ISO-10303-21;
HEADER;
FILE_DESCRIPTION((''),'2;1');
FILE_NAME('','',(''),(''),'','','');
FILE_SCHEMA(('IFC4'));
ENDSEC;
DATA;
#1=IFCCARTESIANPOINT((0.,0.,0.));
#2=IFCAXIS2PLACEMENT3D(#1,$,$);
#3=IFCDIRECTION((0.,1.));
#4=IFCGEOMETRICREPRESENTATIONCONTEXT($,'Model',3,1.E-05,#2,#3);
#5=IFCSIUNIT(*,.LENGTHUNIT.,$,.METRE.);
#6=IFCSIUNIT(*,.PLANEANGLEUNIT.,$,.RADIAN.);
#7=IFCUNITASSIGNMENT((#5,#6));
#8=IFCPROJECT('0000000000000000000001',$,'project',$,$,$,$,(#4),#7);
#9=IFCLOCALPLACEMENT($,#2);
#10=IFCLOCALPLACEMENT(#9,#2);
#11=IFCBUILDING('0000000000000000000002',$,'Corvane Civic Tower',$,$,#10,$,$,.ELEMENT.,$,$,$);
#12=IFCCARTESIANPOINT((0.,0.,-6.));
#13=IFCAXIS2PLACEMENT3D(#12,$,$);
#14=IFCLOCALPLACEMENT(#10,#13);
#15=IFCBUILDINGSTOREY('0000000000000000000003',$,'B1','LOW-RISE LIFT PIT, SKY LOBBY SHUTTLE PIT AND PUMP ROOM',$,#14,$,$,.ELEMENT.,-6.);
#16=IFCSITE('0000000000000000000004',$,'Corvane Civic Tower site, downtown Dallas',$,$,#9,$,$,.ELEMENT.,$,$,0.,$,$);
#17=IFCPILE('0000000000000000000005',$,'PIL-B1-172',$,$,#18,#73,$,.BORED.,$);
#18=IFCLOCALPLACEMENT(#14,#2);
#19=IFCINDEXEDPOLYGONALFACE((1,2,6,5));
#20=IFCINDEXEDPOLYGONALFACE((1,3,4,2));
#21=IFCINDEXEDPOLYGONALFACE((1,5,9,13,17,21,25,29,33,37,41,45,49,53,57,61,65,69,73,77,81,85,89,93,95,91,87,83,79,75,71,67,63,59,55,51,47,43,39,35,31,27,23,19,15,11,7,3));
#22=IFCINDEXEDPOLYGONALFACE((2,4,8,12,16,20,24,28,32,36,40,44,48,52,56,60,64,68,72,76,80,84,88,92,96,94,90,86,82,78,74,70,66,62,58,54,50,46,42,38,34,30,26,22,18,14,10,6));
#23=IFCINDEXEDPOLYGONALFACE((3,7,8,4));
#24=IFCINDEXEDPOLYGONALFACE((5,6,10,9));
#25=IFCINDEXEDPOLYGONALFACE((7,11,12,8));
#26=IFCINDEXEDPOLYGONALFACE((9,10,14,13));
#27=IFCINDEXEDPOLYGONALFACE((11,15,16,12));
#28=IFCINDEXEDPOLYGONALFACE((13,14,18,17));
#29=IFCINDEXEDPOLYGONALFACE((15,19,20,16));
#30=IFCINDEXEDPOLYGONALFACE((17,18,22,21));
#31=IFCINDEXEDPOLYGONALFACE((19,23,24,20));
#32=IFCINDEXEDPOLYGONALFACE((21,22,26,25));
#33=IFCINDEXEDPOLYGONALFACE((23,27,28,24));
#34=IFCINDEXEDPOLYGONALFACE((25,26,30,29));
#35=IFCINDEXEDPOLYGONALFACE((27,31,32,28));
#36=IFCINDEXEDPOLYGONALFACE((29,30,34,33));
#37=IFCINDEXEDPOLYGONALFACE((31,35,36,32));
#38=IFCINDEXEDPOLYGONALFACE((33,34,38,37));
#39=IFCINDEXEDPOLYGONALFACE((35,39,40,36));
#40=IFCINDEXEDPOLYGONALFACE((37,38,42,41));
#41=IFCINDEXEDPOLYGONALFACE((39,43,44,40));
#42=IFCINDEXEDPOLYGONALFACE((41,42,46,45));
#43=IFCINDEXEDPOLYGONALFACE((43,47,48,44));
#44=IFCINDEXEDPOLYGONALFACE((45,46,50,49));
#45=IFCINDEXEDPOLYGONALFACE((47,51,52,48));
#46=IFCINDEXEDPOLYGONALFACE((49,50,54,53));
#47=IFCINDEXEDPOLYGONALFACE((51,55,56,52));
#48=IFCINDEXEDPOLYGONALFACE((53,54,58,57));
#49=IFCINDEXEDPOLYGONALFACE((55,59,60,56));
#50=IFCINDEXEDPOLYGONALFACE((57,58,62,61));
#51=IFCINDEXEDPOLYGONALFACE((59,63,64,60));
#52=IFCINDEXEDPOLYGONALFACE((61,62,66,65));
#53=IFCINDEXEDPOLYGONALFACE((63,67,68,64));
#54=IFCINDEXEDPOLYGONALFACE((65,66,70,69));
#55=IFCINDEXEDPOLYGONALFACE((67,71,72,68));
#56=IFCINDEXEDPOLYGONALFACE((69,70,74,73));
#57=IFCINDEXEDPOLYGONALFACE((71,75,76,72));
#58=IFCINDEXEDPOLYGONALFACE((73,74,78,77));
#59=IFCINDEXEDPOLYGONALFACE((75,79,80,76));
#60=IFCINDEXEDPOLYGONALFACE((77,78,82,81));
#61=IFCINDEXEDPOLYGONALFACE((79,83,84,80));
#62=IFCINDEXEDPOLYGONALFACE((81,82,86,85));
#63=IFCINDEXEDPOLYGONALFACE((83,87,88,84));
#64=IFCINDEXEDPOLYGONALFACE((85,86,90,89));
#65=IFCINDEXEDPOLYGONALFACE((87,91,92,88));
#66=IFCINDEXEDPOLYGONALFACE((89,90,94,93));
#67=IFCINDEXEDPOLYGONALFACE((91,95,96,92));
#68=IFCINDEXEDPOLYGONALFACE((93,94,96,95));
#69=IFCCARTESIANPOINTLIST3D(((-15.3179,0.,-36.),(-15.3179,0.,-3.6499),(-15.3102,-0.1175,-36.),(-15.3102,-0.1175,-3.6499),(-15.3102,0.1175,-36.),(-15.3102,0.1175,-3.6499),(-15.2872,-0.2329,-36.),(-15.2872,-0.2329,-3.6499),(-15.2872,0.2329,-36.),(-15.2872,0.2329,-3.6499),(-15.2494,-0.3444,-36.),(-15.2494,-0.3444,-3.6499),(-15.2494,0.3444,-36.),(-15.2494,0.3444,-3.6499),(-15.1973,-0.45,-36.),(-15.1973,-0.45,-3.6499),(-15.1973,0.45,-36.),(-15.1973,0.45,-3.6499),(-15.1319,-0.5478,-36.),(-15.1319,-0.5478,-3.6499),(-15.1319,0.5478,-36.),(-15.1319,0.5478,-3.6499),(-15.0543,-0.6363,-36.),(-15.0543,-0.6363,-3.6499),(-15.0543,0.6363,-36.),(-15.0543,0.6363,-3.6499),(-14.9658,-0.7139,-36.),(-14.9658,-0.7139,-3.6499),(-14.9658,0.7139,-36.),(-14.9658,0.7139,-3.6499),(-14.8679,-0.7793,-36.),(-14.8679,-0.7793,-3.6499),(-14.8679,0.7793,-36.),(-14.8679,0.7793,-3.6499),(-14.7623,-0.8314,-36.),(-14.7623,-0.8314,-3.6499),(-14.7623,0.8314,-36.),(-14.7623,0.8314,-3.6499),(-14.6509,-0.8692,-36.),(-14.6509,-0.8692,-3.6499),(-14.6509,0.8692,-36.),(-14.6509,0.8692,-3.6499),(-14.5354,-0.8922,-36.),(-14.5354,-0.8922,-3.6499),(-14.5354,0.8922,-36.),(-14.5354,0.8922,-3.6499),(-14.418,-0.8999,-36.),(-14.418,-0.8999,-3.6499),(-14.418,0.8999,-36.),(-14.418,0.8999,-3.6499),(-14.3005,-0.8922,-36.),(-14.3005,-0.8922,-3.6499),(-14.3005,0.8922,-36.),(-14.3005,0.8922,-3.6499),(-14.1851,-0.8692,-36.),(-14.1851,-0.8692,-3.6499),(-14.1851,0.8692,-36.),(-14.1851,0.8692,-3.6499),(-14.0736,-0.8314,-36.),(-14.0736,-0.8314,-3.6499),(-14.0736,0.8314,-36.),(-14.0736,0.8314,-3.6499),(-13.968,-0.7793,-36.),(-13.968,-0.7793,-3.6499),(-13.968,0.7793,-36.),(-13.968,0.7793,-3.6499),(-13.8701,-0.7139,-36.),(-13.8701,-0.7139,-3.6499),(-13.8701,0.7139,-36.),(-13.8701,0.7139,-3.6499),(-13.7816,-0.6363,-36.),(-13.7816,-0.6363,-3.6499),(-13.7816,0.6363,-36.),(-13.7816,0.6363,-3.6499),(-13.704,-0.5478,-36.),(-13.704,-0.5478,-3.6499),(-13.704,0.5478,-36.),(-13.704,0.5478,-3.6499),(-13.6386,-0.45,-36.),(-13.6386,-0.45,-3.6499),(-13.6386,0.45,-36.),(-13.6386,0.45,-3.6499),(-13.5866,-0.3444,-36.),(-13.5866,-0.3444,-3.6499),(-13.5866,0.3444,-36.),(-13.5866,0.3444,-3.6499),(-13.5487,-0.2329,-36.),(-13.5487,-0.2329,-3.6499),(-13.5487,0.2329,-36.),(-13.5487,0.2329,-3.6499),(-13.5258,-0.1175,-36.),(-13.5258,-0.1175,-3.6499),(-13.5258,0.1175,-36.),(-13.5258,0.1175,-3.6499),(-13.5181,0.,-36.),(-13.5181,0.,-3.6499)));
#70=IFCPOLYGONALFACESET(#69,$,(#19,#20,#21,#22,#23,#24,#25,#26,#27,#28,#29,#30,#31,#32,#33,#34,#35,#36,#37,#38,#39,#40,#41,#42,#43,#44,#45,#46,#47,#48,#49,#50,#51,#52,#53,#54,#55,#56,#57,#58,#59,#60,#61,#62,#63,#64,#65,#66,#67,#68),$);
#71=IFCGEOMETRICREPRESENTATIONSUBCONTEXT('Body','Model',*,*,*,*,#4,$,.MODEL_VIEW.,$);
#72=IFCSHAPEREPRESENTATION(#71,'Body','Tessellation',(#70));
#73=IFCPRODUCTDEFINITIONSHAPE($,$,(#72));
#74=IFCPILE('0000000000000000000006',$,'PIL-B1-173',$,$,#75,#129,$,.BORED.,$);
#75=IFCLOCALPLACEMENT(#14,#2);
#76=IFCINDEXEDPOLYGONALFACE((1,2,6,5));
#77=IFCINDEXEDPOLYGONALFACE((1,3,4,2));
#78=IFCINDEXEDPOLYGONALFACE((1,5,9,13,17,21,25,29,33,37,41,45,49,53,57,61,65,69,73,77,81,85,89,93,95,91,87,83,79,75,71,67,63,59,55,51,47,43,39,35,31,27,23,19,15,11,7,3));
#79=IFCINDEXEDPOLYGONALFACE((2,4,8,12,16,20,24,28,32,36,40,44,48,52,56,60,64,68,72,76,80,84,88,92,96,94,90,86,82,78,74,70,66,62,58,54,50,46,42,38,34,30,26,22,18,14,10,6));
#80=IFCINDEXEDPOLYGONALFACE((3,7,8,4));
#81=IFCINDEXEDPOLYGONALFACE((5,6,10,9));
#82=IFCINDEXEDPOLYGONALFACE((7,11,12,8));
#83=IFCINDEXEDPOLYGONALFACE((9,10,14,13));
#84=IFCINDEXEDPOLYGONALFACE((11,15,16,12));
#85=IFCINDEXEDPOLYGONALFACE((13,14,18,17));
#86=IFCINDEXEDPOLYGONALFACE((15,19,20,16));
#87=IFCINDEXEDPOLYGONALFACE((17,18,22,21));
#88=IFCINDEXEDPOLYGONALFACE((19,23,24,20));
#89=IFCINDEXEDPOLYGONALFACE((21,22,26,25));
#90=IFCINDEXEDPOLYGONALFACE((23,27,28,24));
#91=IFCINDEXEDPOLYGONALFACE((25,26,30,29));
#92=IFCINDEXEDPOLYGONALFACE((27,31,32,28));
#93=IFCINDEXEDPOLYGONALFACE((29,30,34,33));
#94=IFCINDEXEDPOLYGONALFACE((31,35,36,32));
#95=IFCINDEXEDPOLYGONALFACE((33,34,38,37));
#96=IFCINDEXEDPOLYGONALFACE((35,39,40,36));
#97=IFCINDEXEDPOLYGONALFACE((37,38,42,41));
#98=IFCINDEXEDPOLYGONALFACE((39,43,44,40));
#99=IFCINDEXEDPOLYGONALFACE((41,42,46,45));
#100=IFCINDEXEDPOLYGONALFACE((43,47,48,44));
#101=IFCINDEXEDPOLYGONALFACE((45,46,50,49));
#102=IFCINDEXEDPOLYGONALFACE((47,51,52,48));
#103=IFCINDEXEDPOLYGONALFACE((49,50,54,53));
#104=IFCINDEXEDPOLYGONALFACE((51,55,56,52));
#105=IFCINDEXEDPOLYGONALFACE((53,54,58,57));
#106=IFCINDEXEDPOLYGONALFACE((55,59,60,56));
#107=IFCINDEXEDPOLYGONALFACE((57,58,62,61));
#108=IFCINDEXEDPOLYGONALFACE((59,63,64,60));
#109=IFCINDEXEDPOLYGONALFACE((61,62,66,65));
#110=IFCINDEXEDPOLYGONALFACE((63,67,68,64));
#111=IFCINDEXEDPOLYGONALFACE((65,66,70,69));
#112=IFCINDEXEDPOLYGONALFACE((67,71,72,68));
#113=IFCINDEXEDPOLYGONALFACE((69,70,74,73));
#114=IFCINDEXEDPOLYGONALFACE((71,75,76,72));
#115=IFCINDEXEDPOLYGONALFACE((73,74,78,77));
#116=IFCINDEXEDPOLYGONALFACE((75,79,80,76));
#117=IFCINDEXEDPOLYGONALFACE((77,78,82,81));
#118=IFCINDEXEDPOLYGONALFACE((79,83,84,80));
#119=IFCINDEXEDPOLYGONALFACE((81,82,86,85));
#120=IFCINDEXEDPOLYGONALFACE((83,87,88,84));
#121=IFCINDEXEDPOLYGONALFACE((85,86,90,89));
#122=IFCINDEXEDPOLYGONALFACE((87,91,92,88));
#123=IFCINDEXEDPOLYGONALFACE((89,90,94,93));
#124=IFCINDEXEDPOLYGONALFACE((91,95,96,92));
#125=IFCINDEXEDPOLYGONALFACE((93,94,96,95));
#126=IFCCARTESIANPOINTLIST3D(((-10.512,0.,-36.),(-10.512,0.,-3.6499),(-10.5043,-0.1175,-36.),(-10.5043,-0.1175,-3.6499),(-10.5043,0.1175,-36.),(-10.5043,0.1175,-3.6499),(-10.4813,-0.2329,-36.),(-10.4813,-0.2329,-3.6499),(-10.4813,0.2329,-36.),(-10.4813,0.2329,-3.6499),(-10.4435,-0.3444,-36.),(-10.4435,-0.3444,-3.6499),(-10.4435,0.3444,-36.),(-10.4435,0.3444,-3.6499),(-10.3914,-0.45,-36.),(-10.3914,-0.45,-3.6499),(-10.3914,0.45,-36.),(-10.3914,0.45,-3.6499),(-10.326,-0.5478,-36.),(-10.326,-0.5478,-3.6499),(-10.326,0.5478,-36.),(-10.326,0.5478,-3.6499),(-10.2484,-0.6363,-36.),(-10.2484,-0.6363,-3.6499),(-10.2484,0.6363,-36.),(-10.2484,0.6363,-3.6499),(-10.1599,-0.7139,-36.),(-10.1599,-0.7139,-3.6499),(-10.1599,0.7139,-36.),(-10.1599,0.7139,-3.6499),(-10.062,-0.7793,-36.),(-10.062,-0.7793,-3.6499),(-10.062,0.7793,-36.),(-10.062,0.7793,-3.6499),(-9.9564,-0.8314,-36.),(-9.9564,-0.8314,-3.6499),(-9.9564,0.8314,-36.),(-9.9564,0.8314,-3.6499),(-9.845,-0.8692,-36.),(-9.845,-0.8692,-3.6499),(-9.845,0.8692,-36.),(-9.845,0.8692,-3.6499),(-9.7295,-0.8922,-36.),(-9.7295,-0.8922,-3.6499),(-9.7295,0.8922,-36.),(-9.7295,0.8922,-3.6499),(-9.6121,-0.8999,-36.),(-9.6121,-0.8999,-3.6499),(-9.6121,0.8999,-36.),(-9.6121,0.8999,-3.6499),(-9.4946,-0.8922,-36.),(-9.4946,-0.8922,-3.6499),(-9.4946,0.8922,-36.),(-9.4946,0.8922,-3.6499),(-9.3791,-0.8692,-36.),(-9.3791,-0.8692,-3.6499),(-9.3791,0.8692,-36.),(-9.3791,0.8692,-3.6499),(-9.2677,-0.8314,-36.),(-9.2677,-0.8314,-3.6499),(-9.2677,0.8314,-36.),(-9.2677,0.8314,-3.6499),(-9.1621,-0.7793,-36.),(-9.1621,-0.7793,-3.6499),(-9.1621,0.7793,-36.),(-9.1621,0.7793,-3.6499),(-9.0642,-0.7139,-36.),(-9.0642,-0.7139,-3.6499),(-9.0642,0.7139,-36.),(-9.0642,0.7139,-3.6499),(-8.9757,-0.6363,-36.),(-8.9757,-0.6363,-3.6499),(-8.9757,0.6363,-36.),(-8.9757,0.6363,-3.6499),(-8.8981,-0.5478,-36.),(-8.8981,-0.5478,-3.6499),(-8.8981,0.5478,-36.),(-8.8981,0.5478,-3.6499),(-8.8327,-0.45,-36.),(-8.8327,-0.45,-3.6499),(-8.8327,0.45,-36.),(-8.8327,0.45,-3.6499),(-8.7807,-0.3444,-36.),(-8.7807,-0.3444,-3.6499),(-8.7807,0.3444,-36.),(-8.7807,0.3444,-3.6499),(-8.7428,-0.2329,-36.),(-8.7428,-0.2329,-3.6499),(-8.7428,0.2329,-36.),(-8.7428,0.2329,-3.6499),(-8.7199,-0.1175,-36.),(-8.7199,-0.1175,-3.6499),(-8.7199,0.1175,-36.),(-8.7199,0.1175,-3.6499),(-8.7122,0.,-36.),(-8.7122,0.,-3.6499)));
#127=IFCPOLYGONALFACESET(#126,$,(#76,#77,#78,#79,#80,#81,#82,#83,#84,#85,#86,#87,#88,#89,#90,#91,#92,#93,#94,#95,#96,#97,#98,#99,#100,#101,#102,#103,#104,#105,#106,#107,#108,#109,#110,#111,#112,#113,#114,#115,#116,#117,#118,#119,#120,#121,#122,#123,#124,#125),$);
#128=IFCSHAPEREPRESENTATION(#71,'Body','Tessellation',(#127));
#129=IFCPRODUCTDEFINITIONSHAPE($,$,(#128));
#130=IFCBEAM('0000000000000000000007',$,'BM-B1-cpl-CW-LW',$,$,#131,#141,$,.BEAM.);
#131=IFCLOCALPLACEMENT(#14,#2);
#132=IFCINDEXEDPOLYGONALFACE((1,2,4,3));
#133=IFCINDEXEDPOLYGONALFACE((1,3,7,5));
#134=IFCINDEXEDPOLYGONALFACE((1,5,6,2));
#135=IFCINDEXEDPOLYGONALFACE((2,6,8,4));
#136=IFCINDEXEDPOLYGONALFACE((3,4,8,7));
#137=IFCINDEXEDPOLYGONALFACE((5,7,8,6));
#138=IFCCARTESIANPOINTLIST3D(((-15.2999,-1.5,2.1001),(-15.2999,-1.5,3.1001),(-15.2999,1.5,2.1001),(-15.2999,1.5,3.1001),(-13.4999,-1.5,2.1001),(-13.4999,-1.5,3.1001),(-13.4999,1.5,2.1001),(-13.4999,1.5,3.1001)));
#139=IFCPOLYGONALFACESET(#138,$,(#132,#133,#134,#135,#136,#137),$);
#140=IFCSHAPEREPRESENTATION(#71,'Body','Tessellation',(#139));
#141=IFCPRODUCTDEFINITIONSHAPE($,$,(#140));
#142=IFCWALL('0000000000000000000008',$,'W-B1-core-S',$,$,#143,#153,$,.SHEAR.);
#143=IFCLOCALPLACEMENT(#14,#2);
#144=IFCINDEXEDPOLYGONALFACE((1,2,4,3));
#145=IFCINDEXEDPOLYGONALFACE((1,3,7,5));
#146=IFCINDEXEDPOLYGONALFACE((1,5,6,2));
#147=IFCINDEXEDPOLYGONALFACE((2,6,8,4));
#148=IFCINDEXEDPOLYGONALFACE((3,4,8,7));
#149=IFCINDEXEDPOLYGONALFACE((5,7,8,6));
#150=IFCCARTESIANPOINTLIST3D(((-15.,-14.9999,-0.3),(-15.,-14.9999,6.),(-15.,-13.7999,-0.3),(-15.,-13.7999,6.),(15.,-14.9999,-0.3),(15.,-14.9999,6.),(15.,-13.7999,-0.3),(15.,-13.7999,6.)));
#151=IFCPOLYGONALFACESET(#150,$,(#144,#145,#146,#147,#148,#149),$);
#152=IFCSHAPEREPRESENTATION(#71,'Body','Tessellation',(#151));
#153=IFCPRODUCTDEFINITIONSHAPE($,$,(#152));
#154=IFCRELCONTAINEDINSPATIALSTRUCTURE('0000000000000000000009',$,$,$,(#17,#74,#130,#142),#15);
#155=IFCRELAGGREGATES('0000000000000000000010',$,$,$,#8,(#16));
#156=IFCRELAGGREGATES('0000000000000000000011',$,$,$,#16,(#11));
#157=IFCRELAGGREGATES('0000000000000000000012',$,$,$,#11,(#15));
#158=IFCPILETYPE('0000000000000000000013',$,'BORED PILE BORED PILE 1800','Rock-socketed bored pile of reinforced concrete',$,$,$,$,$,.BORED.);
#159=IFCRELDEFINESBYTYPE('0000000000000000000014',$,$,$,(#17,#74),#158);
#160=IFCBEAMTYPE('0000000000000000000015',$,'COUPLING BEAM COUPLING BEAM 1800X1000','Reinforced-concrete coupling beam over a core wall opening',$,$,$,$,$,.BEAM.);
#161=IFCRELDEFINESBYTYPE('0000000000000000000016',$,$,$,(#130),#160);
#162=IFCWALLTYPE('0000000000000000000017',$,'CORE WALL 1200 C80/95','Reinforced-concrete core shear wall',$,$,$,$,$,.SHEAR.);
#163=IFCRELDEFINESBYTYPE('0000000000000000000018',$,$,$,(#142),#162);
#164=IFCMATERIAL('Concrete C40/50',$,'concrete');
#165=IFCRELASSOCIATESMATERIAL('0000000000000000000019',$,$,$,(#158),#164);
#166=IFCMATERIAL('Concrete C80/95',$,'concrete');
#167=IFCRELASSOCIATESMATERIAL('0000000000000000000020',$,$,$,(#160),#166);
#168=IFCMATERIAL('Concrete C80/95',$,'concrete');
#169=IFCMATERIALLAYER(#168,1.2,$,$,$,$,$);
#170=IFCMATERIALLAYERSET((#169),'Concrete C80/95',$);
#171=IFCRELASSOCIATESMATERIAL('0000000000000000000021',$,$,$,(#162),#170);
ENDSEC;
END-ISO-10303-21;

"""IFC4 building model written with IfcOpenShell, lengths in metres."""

from ifc_helpers import new_model, si_unit, direction, frame, frame_2d, origin, origin_2d, place, context, subcontext, project, spatial, rectangle, circle, extrude, material, layer, layer_set, material_profile, profile_set, type_object, element, save


model = new_model("IFC4")

# Units and contexts
model_context = context("Model", 3, precision=1e-05, world=origin(), true_north=direction((0.0, 1.0)))
body_context = subcontext(model_context, "Body", "Model", "MODEL_VIEW")
ifc_project = project(units=[si_unit("LENGTHUNIT", "METRE"), si_unit("PLANEANGLEUNIT", "RADIAN")], contexts=[model_context])

# Site, building, storey
site_placement = place(None, origin())
site = spatial("IfcSite", under=ifc_project, at=site_placement, Name="Corvane Civic Tower site, downtown Dallas", CompositionType="ELEMENT", RefElevation=0.0)
building_placement = place(site_placement, origin())
building = spatial("IfcBuilding", under=site, at=building_placement, Name="Corvane Civic Tower", CompositionType="ELEMENT")
storey_placement = place(building_placement, frame((0.0, 0.0, -6.0)))
storey = spatial("IfcBuildingStorey", under=building, at=storey_placement, Name="B1", Description="LOW-RISE LIFT PIT, SKY LOBBY SHUTTLE PIT AND PUMP ROOM", CompositionType="ELEMENT", Elevation=-6.0)

# Piles
ifc_material_1 = material(Name="Concrete C40/50", Category="concrete")
ifc_material_profile_1 = material_profile(ifc_material_1, circle(Radius=0.8999, at=origin_2d()), Name="BORED PILE 1800")
ifc_profile_set_1 = profile_set([ifc_material_profile_1], Name="Concrete C40/50")
pile_type = type_object("IfcPileType", Name="BORED PILE BORED PILE 1800", Description="Rock-socketed bored pile of reinforced concrete", PredefinedType="BORED", material=ifc_profile_set_1)
for number, where, z_axis, x_axis, name in (
    (1, (-14.418, 0.0, -3.6499), (0.0, 0.0, -1.0), (1.0, 0.0, 0.0), "PIL-B1-172"),
    (2, (-9.6121, 0.0, -3.6499), (0.0, 0.0, -1.0), (1.0, 0.0, 0.0), "PIL-B1-173"),
):
    element("IfcPile", number, at=place(storey_placement, frame(where, z_axis=z_axis, x_axis=x_axis)), inside=storey, type_object=pile_type, Name=name, PredefinedType="BORED", context=body_context, shape_type="SweptSolid", body=[
        extrude(circle(Radius=0.8999, at=origin_2d()), origin(), (0.0, 0.0, 1.0), 32.3501),
    ])

# Beam
ifc_material_2 = material(Name="Concrete C80/95", Category="concrete")
ifc_material_profile_2 = material_profile(ifc_material_2, rectangle(XDim=1.8, YDim=1.0, at=origin_2d()), Name="COUPLING BEAM 1800X1000")
ifc_profile_set_2 = profile_set([ifc_material_profile_2], Name="Concrete C80/95")
beam_type = type_object("IfcBeamType", Name="COUPLING BEAM COUPLING BEAM 1800X1000", Description="Reinforced-concrete coupling beam over a core wall opening", PredefinedType="BEAM", material=ifc_profile_set_2)
beam_placement = place(storey_placement, frame((-14.3999, -1.5, 2.6001), z_axis=(0.0, 1.0, 0.0), x_axis=(-1.0, 0.0, 0.0)))
element("IfcBeam", 3, at=beam_placement, inside=storey, type_object=beam_type, Name="BM-B1-cpl-CW-LW", PredefinedType="BEAM", context=body_context, shape_type="SweptSolid", body=[
    extrude(rectangle(XDim=1.8, YDim=1.0, at=origin_2d()), origin(), (0.0, 0.0, 1.0), 3.0),
])

# Wall
ifc_material_3 = material(Name="Concrete C80/95", Category="concrete")
ifc_layer_1 = layer(ifc_material_3, 1.2)
ifc_layer_set_1 = layer_set([ifc_layer_1], Name="Concrete C80/95")
wall_type_1 = type_object("IfcWallType", Name="CORE WALL 1200 C80/95", Description="Reinforced-concrete core shear wall", PredefinedType="SHEAR", material=ifc_layer_set_1)
wall_1_placement = place(storey_placement, frame((-15.0, -14.3999, -0.3), z_axis=(0.0, 0.0, 1.0), x_axis=(1.0, 0.0, 0.0)))
element("IfcWall", 4, at=wall_1_placement, inside=storey, type_object=wall_type_1, Name="W-B1-core-S", PredefinedType="SHEAR", context=body_context, shape_type="SweptSolid", body=[
    extrude(rectangle(XDim=30.0, YDim=1.2, at=frame_2d((15.0, 0.0))), origin(), (0.0, 0.0, 1.0), 6.3),
])

save(model, "model.ifc")
